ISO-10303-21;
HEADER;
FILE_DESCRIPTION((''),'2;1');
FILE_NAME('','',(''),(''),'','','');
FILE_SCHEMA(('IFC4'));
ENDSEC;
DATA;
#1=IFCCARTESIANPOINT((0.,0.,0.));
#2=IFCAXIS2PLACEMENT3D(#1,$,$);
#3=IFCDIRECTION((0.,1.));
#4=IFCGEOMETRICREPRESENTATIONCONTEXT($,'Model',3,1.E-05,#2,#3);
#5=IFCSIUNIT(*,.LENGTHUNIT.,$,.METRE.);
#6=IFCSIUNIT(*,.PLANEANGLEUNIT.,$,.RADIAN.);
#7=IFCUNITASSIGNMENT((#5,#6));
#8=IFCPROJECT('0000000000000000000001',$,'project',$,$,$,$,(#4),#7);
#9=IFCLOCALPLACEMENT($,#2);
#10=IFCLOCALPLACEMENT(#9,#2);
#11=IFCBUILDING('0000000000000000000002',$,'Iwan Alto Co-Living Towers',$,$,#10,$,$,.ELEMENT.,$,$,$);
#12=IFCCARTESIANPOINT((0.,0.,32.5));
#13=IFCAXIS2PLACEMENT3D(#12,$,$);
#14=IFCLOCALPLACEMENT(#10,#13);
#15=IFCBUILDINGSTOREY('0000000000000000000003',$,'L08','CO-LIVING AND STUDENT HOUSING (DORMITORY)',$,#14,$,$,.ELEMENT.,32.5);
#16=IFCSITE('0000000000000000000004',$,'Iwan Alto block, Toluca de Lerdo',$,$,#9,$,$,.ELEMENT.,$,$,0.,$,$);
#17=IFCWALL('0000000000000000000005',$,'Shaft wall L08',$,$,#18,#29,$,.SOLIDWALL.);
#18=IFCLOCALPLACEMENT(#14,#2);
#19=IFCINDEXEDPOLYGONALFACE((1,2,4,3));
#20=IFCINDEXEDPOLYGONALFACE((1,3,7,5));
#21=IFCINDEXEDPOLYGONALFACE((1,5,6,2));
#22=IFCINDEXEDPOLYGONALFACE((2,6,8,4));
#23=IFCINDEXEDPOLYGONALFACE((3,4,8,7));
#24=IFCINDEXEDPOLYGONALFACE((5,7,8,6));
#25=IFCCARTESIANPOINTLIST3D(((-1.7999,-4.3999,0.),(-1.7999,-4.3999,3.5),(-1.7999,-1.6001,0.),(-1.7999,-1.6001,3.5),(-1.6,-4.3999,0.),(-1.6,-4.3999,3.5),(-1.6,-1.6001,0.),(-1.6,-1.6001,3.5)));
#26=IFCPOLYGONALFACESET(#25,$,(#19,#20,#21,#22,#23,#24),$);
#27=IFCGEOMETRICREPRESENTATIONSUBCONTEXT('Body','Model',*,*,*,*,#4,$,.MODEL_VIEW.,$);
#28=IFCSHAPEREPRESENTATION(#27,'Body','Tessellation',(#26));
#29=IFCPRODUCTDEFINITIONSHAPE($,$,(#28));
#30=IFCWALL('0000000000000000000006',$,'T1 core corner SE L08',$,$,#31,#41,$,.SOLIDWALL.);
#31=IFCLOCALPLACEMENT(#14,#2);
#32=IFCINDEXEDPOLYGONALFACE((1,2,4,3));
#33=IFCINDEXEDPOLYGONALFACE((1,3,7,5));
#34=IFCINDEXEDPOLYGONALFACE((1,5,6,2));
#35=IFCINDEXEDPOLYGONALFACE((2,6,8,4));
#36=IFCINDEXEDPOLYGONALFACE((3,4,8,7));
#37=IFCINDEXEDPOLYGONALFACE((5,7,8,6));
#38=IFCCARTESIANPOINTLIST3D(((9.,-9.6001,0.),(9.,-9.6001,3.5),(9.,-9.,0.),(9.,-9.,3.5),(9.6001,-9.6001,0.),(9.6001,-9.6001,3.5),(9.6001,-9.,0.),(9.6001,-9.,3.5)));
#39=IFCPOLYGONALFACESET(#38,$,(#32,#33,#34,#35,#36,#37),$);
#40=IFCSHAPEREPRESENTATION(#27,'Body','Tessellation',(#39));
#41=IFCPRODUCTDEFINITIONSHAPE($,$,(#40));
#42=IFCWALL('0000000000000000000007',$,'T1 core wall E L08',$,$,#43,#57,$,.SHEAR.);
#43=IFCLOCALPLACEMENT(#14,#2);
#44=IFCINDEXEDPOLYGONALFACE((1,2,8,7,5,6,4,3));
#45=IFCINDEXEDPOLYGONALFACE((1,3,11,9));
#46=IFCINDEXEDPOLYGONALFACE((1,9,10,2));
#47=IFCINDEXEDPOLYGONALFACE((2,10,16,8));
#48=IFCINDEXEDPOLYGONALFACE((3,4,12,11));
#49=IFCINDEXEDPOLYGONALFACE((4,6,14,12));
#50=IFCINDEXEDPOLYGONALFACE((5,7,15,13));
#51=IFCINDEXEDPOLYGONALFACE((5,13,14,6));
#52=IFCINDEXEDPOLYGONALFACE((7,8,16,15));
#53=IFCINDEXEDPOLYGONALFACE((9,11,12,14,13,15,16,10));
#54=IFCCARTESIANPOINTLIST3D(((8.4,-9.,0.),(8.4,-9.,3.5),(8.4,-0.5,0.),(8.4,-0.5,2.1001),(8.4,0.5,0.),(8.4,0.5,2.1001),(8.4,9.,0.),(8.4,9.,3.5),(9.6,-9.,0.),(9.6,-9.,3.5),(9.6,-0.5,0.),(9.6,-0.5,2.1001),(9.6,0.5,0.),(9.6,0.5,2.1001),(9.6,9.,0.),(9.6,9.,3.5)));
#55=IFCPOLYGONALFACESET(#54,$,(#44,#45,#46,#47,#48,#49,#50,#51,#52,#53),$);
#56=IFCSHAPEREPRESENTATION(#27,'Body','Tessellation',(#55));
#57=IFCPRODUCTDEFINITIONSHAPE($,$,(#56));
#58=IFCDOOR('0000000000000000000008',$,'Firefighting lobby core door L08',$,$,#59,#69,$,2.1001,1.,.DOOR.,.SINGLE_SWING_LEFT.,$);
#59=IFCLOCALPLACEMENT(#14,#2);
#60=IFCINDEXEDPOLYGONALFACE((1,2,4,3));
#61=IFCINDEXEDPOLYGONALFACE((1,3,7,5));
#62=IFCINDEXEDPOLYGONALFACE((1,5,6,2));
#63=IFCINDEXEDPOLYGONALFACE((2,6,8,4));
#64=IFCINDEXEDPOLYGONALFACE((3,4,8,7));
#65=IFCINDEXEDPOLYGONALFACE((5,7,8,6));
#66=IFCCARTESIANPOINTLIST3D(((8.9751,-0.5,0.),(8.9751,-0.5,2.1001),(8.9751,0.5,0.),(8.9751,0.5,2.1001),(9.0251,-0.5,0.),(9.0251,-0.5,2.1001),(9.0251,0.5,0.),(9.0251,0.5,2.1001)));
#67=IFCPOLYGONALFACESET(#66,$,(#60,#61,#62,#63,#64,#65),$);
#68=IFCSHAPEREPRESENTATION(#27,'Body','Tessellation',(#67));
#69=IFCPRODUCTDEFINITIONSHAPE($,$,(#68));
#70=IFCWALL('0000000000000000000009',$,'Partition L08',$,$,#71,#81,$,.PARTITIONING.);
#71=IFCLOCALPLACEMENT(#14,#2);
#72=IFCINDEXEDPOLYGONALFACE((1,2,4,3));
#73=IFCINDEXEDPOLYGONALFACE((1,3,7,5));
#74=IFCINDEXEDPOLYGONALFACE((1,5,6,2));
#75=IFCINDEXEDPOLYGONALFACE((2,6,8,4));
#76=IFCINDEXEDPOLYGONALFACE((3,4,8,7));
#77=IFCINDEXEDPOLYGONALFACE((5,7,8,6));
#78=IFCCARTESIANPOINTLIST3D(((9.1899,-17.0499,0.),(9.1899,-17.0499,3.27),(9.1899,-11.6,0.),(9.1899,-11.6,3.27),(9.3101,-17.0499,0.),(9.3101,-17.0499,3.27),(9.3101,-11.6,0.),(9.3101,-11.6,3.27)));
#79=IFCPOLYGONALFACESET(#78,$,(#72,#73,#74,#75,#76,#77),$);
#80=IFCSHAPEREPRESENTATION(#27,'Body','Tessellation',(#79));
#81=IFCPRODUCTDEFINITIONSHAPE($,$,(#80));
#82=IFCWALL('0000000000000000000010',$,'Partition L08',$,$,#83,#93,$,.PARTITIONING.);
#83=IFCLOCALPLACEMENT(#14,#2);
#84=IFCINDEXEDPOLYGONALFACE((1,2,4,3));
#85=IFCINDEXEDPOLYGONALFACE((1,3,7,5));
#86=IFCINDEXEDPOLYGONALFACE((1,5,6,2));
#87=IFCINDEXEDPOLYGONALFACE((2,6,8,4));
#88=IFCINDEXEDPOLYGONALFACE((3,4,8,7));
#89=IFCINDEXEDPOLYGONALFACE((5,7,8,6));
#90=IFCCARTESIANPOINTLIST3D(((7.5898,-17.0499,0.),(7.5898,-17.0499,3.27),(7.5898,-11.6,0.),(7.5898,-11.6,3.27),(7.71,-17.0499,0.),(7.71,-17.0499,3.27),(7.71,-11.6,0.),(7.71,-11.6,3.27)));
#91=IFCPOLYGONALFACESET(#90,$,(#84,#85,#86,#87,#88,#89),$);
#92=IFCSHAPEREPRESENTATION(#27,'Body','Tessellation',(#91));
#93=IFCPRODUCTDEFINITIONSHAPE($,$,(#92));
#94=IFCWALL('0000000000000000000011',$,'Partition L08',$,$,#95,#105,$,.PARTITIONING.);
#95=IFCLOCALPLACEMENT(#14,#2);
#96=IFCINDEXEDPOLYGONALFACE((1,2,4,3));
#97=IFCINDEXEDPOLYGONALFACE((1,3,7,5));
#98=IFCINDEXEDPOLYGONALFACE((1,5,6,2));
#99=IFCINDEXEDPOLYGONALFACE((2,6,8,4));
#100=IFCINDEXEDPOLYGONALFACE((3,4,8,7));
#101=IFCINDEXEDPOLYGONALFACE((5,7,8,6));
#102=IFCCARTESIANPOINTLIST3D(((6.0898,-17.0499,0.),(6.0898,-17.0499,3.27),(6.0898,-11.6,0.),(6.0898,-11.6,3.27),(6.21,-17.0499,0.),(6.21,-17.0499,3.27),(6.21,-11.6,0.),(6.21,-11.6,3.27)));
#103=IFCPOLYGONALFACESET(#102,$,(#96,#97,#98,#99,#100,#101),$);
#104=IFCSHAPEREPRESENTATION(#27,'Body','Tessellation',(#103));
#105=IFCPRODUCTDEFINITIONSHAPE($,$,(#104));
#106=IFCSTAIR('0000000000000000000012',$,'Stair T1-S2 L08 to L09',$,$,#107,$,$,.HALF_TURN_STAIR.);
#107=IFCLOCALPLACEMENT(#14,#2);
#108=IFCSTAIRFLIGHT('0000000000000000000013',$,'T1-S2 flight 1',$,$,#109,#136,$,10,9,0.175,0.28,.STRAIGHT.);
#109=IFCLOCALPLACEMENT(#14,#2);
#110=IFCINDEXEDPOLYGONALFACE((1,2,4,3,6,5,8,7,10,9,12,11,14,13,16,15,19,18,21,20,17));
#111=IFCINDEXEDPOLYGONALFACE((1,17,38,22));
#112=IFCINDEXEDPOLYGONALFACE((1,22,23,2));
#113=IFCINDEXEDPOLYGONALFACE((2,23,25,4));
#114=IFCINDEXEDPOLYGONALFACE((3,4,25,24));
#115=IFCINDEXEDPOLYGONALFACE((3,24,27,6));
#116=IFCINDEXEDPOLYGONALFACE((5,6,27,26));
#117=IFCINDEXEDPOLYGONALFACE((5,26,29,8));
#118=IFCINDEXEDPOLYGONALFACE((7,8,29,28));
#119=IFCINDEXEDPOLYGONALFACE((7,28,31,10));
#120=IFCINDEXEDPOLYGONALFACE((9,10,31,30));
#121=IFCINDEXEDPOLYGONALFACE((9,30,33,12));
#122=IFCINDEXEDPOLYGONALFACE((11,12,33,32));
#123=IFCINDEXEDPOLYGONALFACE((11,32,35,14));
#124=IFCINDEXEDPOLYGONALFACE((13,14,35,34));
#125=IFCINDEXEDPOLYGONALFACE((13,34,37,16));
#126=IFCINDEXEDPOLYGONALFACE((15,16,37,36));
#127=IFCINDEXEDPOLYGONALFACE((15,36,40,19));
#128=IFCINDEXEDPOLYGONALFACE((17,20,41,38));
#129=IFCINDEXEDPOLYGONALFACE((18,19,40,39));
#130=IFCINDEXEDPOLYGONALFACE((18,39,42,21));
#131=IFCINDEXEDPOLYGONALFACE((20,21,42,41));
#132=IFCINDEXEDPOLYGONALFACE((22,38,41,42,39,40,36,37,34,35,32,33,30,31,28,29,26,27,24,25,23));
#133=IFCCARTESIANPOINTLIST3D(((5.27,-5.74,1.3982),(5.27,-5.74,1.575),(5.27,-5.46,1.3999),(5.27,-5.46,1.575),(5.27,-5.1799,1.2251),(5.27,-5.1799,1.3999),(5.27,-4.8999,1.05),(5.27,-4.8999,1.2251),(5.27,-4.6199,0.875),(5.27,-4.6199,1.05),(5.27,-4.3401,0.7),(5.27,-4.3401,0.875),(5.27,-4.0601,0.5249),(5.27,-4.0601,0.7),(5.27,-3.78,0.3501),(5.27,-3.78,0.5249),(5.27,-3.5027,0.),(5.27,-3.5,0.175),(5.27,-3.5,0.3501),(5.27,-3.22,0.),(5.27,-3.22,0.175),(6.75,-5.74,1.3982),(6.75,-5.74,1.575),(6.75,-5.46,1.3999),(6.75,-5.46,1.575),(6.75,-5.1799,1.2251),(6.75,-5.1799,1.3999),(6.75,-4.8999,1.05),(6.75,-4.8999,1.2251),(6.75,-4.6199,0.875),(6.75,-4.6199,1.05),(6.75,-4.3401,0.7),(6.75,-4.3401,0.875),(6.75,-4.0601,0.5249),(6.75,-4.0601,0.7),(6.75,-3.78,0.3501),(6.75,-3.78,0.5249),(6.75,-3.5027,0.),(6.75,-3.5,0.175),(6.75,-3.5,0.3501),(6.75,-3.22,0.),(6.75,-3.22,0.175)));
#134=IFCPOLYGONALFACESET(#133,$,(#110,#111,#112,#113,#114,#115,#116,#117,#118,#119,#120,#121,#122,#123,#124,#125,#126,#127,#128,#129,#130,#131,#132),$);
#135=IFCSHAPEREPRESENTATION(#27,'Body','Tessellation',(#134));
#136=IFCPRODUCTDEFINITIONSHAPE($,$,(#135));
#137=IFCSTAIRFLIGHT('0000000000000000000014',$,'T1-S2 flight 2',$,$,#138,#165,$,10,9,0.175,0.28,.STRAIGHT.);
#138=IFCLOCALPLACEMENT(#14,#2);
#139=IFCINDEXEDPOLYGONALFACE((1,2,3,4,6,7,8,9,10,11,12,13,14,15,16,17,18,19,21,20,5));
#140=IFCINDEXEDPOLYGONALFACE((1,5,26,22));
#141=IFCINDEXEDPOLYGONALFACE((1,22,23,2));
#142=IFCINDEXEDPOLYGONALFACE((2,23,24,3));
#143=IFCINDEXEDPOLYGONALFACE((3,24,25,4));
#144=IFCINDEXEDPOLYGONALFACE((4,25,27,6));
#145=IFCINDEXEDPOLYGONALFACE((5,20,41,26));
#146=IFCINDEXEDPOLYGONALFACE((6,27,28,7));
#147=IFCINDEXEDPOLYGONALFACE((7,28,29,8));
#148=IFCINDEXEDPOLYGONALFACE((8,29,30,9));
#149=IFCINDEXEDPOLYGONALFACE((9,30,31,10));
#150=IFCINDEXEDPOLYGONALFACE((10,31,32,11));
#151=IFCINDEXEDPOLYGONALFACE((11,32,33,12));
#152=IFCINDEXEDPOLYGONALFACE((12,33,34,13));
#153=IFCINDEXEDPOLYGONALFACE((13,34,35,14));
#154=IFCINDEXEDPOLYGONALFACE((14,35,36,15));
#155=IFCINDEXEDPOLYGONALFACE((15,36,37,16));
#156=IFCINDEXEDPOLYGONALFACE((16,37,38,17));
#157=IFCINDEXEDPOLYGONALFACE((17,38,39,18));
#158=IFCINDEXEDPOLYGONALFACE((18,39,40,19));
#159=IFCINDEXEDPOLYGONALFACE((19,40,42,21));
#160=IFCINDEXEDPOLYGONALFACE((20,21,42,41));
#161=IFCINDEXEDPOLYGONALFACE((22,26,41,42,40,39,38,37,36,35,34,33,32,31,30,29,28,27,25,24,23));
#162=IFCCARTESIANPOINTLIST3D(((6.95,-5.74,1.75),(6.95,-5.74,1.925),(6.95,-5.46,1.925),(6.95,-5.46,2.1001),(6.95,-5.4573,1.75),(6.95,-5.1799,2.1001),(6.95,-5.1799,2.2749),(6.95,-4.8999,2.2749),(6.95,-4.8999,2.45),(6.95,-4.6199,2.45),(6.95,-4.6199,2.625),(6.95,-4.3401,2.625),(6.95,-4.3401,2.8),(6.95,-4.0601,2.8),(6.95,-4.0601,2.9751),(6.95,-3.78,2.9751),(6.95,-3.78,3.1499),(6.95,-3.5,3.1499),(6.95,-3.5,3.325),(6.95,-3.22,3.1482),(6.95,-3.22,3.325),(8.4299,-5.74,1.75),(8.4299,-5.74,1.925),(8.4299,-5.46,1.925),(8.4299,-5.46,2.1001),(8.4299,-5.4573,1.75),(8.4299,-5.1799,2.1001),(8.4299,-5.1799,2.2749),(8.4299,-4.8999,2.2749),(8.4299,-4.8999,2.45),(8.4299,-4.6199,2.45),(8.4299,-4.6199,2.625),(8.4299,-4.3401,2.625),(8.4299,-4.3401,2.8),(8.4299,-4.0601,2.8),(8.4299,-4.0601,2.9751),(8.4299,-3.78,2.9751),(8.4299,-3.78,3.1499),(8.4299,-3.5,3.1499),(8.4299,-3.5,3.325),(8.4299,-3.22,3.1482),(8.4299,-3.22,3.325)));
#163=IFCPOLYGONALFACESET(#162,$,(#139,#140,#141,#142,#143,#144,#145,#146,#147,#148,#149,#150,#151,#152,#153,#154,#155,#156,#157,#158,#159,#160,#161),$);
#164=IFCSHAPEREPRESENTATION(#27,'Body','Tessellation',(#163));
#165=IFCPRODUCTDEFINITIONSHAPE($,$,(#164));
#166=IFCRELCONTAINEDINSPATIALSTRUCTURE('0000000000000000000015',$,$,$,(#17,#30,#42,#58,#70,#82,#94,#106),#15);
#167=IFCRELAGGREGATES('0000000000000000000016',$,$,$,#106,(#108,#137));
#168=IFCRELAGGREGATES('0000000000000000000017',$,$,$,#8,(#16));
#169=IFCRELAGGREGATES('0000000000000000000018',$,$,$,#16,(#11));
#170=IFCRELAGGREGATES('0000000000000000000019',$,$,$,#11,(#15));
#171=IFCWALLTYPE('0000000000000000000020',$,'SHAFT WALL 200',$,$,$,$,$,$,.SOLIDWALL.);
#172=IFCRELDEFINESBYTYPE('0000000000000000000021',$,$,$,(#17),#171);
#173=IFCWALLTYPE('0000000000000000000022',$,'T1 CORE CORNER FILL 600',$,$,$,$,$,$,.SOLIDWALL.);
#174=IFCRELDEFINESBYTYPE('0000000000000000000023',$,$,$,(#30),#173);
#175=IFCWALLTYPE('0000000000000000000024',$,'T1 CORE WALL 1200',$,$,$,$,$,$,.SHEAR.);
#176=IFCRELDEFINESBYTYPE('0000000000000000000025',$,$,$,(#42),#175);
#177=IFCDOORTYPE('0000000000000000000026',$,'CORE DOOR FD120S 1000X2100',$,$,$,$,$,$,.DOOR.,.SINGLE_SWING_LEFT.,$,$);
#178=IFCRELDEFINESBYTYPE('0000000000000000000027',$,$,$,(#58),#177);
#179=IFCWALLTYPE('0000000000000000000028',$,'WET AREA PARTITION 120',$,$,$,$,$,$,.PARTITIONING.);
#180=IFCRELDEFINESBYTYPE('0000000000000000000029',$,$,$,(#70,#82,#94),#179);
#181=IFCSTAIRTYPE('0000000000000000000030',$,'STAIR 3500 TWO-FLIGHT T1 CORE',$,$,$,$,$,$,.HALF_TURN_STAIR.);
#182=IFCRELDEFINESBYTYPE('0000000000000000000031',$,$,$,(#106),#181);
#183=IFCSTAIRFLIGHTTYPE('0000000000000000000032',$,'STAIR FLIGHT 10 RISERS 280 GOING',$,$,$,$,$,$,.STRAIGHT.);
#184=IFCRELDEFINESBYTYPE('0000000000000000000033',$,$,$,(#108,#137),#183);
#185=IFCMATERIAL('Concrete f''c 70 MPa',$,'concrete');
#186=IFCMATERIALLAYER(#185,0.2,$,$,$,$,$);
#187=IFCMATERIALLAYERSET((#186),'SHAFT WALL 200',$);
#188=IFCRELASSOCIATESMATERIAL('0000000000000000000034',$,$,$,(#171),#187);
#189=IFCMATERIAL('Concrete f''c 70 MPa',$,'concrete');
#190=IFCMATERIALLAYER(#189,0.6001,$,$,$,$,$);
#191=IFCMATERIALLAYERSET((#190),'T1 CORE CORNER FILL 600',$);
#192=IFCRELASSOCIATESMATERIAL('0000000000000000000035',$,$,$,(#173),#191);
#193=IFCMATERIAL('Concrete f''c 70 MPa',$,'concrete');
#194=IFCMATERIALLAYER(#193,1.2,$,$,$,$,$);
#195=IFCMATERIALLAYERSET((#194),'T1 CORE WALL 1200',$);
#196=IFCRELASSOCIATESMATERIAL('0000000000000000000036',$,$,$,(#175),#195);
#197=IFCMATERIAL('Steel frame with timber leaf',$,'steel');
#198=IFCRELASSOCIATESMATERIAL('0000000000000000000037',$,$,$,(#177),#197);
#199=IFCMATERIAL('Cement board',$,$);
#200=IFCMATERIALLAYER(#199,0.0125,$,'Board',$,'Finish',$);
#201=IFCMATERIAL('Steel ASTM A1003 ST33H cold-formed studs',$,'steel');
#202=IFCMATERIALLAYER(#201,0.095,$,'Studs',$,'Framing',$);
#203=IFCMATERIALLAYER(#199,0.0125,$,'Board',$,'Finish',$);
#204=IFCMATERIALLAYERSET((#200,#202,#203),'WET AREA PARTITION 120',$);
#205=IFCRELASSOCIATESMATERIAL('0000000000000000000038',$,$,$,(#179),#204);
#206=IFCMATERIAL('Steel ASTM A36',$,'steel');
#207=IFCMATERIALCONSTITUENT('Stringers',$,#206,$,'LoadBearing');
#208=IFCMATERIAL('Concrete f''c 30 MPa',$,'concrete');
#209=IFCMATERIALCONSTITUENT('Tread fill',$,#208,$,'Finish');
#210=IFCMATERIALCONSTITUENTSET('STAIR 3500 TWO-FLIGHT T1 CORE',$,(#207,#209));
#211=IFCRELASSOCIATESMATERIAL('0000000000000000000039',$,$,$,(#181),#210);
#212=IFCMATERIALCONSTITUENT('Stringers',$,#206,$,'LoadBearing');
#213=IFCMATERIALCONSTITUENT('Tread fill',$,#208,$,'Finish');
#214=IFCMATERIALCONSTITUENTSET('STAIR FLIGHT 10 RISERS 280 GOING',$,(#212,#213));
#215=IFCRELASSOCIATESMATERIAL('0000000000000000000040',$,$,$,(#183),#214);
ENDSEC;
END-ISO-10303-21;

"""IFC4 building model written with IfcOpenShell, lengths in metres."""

from ifc_helpers import new_model, si_unit, direction, frame, frame_2d, origin, place, context, subcontext, project, spatial, polyline, rectangle, outline, extrude, material, layer, layer_set, constituent, constituent_set, type_object, element, fill, aggregate, save


model = new_model("IFC4")

# Units and contexts
model_context = context("Model", 3, precision=1e-05, world=origin(), true_north=direction((0.0, 1.0)))
body_context = subcontext(model_context, "Body", "Model", "MODEL_VIEW")
ifc_project = project(units=[si_unit("LENGTHUNIT", "METRE"), si_unit("PLANEANGLEUNIT", "RADIAN")], contexts=[model_context])

# Site, building, storey
site_placement = place(None, origin())
site = spatial("IfcSite", under=ifc_project, at=site_placement, Name="Iwan Alto block, Toluca de Lerdo", CompositionType="ELEMENT", RefElevation=0.0)
building_placement = place(site_placement, origin())
building = spatial("IfcBuilding", under=site, at=building_placement, Name="Iwan Alto Co-Living Towers", CompositionType="ELEMENT")
storey_placement = place(building_placement, frame((0.0, 0.0, 32.5)))
storey = spatial("IfcBuildingStorey", under=building, at=storey_placement, Name="L08", Description="CO-LIVING AND STUDENT HOUSING (DORMITORY)", CompositionType="ELEMENT", Elevation=32.5)

# Shared definitions
ifc_material_1 = material(Name="Steel ASTM A1003 ST33H cold-formed studs", Category="steel")

# Shared definitions
ifc_material_2 = material(Name="Concrete f'c 70 MPa", Category="concrete")
ifc_layer_1 = layer(ifc_material_2, 0.2)
ifc_layer_set_1 = layer_set([ifc_layer_1], Name="SHAFT WALL 200")
wall_type_1 = type_object("IfcWallType", Name="SHAFT WALL 200", PredefinedType="SOLIDWALL", material=ifc_layer_set_1)

# Walls
wall_1_placement = place(storey_placement, frame((-1.7, -4.3999, 0.0), z_axis=(0.0, 0.0, 1.0), x_axis=(0.0, 1.0, 0.0)))
element("IfcWall", 1, at=wall_1_placement, inside=storey, type_object=wall_type_1, Name="Shaft wall L08", PredefinedType="SOLIDWALL", context=body_context, shape_type="SweptSolid", body=[
    extrude(rectangle(XDim=2.7998, YDim=0.2, at=frame_2d((1.3999, 0.0))), origin(), (0.0, 0.0, 1.0), 3.5),
])
ifc_material_3 = material(Name="Concrete f'c 70 MPa", Category="concrete")
ifc_layer_2 = layer(ifc_material_3, 0.6001)
ifc_layer_set_2 = layer_set([ifc_layer_2], Name="T1 CORE CORNER FILL 600")
wall_type_2 = type_object("IfcWallType", Name="T1 CORE CORNER FILL 600", PredefinedType="SOLIDWALL", material=ifc_layer_set_2)
wall_2_placement = place(storey_placement, frame((9.0, -9.3, 0.0), z_axis=(0.0, 0.0, 1.0), x_axis=(1.0, 0.0, 0.0)))
element("IfcWall", 2, at=wall_2_placement, inside=storey, type_object=wall_type_2, Name="T1 core corner SE L08", PredefinedType="SOLIDWALL", context=body_context, shape_type="SweptSolid", body=[
    extrude(rectangle(XDim=0.6001, YDim=0.6001, at=frame_2d((0.3, 0.0))), origin(), (0.0, 0.0, 1.0), 3.5),
])

# Wall, opening, door
ifc_material_4 = material(Name="Concrete f'c 70 MPa", Category="concrete")
ifc_layer_3 = layer(ifc_material_4, 1.2)
ifc_layer_set_3 = layer_set([ifc_layer_3], Name="T1 CORE WALL 1200")
wall_type_3 = type_object("IfcWallType", Name="T1 CORE WALL 1200", PredefinedType="SHEAR", material=ifc_layer_set_3)
wall_3_placement = place(storey_placement, frame((9.0, -9.0, 0.0), z_axis=(0.0, 0.0, 1.0), x_axis=(0.0, 1.0, 0.0)))
wall_3 = element("IfcWall", 3, at=wall_3_placement, inside=storey, type_object=wall_type_3, Name="T1 core wall E L08", PredefinedType="SHEAR", context=body_context, shape_type="SweptSolid", body=[
    extrude(rectangle(XDim=18.0, YDim=1.2, at=frame_2d((9.0, 0.0))), origin(), (0.0, 0.0, 1.0), 3.5),
])
opening_1_placement = place(wall_3_placement, frame((8.5, 0.0, 0.0)))
opening_1 = element("IfcOpeningElement", 4, at=opening_1_placement, cuts=wall_3, PredefinedType="OPENING", context=body_context, shape_type="SweptSolid", body=[
    extrude(rectangle(XDim=1.0, YDim=2.1001, at=frame_2d((0.5, 1.05))), frame((0.0, 0.6099, 0.0), z_axis=(0.0, -1.0, 0.0), x_axis=(1.0, 0.0, 0.0)), (0.0, 0.0, 1.0), 1.22),
])
ifc_material_5 = material(Name="Steel frame with timber leaf", Category="steel")
door_type_1 = type_object("IfcDoorType", Name="CORE DOOR FD120S 1000X2100", OperationType="SINGLE_SWING_LEFT", PredefinedType="DOOR", material=ifc_material_5)
door_1_placement = place(opening_1_placement, origin())
door_1 = element("IfcDoor", 5, at=door_1_placement, inside=storey, type_object=door_type_1, Name="Firefighting lobby core door L08", OperationType="SINGLE_SWING_LEFT", OverallHeight=2.1001, OverallWidth=1.0, PredefinedType="DOOR", context=body_context, shape_type="SweptSolid", body=[
    extrude(rectangle(XDim=1.0, YDim=2.1001, at=frame_2d((0.5, 1.05))), frame((0.0, 0.0249, 0.0), z_axis=(0.0, -1.0, 0.0), x_axis=(1.0, 0.0, 0.0)), (0.0, 0.0, 1.0), 0.05),
])
fill(opening_1, door_1)

# Walls
ifc_material_6 = material(Name="Cement board")
ifc_layer_4 = layer(ifc_material_6, 0.0125, Name="Board", Category="Finish")
ifc_layer_5 = layer(ifc_material_1, 0.095, Name="Studs", Category="Framing")
ifc_layer_6 = layer(ifc_material_6, 0.0125, Name="Board", Category="Finish")
ifc_layer_set_4 = layer_set([ifc_layer_4, ifc_layer_5, ifc_layer_6], Name="WET AREA PARTITION 120")
wall_type_4 = type_object("IfcWallType", Name="WET AREA PARTITION 120", PredefinedType="PARTITIONING", material=ifc_layer_set_4)
for number, where, z_axis, x_axis, name in (
    (6, (9.25, -17.05, 0.0), (0.0, 0.0, 1.0), (0.0, 1.0, 0.0), "Partition L08"),
    (7, (7.6499, -17.05, 0.0), (0.0, 0.0, 1.0), (0.0, 1.0, 0.0), "Partition L08"),
    (8, (6.1499, -17.05, 0.0), (0.0, 0.0, 1.0), (0.0, 1.0, 0.0), "Partition L08"),
):
    element("IfcWall", number, at=place(storey_placement, frame(where, z_axis=z_axis, x_axis=x_axis)), inside=storey, type_object=wall_type_4, Name=name, PredefinedType="PARTITIONING", context=body_context, shape_type="SweptSolid", body=[
        extrude(rectangle(XDim=5.45, YDim=0.1201, at=frame_2d((2.7251, 0.0))), origin(), (0.0, 0.0, 1.0), 3.27),
    ])

# Stair, stair flights
ifc_material_7 = material(Name="Steel ASTM A36", Category="steel")
ifc_constituent_1 = constituent(ifc_material_7, Name="Stringers", Category="LoadBearing")
ifc_material_8 = material(Name="Concrete f'c 30 MPa", Category="concrete")
ifc_constituent_2 = constituent(ifc_material_8, Name="Tread fill", Category="Finish")
ifc_constituent_set_1 = constituent_set(constituents=[ifc_constituent_1, ifc_constituent_2], Name="STAIR 3500 TWO-FLIGHT T1 CORE")
stair_type = type_object("IfcStairType", Name="STAIR 3500 TWO-FLIGHT T1 CORE", PredefinedType="HALF_TURN_STAIR", material=ifc_constituent_set_1)
stair_placement = place(storey_placement, origin())
stair = element("IfcStair", 9, at=stair_placement, inside=storey, type_object=stair_type, Name="Stair T1-S2 L08 to L09", PredefinedType="HALF_TURN_STAIR")
ifc_constituent_3 = constituent(ifc_material_7, Name="Stringers", Category="LoadBearing")
ifc_constituent_4 = constituent(ifc_material_8, Name="Tread fill", Category="Finish")
ifc_constituent_set_2 = constituent_set(constituents=[ifc_constituent_3, ifc_constituent_4], Name="STAIR FLIGHT 10 RISERS 280 GOING")
stair_flight_type = type_object("IfcStairFlightType", Name="STAIR FLIGHT 10 RISERS 280 GOING", PredefinedType="STRAIGHT", material=ifc_constituent_set_2)
stair_flight_1_placement = place(storey_placement, frame((6.01, -3.22, 0.0), z_axis=(0.0, 0.0, 1.0), x_axis=(0.0, -1.0, 0.0)))
stair_flight_1 = element("IfcStairFlight", 10, at=stair_flight_1_placement, type_object=stair_flight_type, Name="T1-S2 flight 1", NumberOfRisers=10, NumberOfTreads=9, PredefinedType="STRAIGHT", RiserHeight=0.175, TreadLength=0.28, context=body_context, shape_type="SweptSolid", body=[
    extrude(outline(polyline([(0.0, 0.0), (0.0, 0.175), (0.28, 0.175), (0.28, 0.3501), (0.5601, 0.3501), (0.5601, 0.5249), (0.8401, 0.5249), (0.8401, 0.7), (1.1201, 0.7), (1.1201, 0.875), (1.3999, 0.875), (1.3999, 1.05), (1.6799, 1.05), (1.6799, 1.2251), (1.96, 1.2251), (1.96, 1.3999), (2.24, 1.3999), (2.24, 1.575), (2.52, 1.575), (2.52, 1.75), (2.52, 1.3982), (0.2827, 0.0), (0.0, 0.0)])), frame((0.0, 0.74, 0.0), z_axis=(0.0, -1.0, 0.0), x_axis=(1.0, 0.0, 0.0)), (0.0, 0.0, 1.0), 1.48),
])
stair_flight_2_placement = place(storey_placement, frame((7.6899, -5.74, 1.75), z_axis=(0.0, 0.0, 1.0), x_axis=(0.0, 1.0, 0.0)))
stair_flight_2 = element("IfcStairFlight", 11, at=stair_flight_2_placement, type_object=stair_flight_type, Name="T1-S2 flight 2", NumberOfRisers=10, NumberOfTreads=9, PredefinedType="STRAIGHT", RiserHeight=0.175, TreadLength=0.28, context=body_context, shape_type="SweptSolid", body=[
    extrude(outline(polyline([(0.0, 0.0), (0.0, 0.175), (0.28, 0.175), (0.28, 0.3501), (0.5601, 0.3501), (0.5601, 0.5249), (0.8401, 0.5249), (0.8401, 0.7), (1.1201, 0.7), (1.1201, 0.875), (1.3999, 0.875), (1.3999, 1.05), (1.6799, 1.05), (1.6799, 1.2251), (1.96, 1.2251), (1.96, 1.3999), (2.24, 1.3999), (2.24, 1.575), (2.52, 1.575), (2.52, 1.75), (2.52, 1.3982), (0.2827, 0.0), (0.0, 0.0)])), frame((0.0, 0.74, 0.0), z_axis=(0.0, -1.0, 0.0), x_axis=(1.0, 0.0, 0.0)), (0.0, 0.0, 1.0), 1.48),
])
aggregate(stair, [stair_flight_1, stair_flight_2])

save(model, "model.ifc")
